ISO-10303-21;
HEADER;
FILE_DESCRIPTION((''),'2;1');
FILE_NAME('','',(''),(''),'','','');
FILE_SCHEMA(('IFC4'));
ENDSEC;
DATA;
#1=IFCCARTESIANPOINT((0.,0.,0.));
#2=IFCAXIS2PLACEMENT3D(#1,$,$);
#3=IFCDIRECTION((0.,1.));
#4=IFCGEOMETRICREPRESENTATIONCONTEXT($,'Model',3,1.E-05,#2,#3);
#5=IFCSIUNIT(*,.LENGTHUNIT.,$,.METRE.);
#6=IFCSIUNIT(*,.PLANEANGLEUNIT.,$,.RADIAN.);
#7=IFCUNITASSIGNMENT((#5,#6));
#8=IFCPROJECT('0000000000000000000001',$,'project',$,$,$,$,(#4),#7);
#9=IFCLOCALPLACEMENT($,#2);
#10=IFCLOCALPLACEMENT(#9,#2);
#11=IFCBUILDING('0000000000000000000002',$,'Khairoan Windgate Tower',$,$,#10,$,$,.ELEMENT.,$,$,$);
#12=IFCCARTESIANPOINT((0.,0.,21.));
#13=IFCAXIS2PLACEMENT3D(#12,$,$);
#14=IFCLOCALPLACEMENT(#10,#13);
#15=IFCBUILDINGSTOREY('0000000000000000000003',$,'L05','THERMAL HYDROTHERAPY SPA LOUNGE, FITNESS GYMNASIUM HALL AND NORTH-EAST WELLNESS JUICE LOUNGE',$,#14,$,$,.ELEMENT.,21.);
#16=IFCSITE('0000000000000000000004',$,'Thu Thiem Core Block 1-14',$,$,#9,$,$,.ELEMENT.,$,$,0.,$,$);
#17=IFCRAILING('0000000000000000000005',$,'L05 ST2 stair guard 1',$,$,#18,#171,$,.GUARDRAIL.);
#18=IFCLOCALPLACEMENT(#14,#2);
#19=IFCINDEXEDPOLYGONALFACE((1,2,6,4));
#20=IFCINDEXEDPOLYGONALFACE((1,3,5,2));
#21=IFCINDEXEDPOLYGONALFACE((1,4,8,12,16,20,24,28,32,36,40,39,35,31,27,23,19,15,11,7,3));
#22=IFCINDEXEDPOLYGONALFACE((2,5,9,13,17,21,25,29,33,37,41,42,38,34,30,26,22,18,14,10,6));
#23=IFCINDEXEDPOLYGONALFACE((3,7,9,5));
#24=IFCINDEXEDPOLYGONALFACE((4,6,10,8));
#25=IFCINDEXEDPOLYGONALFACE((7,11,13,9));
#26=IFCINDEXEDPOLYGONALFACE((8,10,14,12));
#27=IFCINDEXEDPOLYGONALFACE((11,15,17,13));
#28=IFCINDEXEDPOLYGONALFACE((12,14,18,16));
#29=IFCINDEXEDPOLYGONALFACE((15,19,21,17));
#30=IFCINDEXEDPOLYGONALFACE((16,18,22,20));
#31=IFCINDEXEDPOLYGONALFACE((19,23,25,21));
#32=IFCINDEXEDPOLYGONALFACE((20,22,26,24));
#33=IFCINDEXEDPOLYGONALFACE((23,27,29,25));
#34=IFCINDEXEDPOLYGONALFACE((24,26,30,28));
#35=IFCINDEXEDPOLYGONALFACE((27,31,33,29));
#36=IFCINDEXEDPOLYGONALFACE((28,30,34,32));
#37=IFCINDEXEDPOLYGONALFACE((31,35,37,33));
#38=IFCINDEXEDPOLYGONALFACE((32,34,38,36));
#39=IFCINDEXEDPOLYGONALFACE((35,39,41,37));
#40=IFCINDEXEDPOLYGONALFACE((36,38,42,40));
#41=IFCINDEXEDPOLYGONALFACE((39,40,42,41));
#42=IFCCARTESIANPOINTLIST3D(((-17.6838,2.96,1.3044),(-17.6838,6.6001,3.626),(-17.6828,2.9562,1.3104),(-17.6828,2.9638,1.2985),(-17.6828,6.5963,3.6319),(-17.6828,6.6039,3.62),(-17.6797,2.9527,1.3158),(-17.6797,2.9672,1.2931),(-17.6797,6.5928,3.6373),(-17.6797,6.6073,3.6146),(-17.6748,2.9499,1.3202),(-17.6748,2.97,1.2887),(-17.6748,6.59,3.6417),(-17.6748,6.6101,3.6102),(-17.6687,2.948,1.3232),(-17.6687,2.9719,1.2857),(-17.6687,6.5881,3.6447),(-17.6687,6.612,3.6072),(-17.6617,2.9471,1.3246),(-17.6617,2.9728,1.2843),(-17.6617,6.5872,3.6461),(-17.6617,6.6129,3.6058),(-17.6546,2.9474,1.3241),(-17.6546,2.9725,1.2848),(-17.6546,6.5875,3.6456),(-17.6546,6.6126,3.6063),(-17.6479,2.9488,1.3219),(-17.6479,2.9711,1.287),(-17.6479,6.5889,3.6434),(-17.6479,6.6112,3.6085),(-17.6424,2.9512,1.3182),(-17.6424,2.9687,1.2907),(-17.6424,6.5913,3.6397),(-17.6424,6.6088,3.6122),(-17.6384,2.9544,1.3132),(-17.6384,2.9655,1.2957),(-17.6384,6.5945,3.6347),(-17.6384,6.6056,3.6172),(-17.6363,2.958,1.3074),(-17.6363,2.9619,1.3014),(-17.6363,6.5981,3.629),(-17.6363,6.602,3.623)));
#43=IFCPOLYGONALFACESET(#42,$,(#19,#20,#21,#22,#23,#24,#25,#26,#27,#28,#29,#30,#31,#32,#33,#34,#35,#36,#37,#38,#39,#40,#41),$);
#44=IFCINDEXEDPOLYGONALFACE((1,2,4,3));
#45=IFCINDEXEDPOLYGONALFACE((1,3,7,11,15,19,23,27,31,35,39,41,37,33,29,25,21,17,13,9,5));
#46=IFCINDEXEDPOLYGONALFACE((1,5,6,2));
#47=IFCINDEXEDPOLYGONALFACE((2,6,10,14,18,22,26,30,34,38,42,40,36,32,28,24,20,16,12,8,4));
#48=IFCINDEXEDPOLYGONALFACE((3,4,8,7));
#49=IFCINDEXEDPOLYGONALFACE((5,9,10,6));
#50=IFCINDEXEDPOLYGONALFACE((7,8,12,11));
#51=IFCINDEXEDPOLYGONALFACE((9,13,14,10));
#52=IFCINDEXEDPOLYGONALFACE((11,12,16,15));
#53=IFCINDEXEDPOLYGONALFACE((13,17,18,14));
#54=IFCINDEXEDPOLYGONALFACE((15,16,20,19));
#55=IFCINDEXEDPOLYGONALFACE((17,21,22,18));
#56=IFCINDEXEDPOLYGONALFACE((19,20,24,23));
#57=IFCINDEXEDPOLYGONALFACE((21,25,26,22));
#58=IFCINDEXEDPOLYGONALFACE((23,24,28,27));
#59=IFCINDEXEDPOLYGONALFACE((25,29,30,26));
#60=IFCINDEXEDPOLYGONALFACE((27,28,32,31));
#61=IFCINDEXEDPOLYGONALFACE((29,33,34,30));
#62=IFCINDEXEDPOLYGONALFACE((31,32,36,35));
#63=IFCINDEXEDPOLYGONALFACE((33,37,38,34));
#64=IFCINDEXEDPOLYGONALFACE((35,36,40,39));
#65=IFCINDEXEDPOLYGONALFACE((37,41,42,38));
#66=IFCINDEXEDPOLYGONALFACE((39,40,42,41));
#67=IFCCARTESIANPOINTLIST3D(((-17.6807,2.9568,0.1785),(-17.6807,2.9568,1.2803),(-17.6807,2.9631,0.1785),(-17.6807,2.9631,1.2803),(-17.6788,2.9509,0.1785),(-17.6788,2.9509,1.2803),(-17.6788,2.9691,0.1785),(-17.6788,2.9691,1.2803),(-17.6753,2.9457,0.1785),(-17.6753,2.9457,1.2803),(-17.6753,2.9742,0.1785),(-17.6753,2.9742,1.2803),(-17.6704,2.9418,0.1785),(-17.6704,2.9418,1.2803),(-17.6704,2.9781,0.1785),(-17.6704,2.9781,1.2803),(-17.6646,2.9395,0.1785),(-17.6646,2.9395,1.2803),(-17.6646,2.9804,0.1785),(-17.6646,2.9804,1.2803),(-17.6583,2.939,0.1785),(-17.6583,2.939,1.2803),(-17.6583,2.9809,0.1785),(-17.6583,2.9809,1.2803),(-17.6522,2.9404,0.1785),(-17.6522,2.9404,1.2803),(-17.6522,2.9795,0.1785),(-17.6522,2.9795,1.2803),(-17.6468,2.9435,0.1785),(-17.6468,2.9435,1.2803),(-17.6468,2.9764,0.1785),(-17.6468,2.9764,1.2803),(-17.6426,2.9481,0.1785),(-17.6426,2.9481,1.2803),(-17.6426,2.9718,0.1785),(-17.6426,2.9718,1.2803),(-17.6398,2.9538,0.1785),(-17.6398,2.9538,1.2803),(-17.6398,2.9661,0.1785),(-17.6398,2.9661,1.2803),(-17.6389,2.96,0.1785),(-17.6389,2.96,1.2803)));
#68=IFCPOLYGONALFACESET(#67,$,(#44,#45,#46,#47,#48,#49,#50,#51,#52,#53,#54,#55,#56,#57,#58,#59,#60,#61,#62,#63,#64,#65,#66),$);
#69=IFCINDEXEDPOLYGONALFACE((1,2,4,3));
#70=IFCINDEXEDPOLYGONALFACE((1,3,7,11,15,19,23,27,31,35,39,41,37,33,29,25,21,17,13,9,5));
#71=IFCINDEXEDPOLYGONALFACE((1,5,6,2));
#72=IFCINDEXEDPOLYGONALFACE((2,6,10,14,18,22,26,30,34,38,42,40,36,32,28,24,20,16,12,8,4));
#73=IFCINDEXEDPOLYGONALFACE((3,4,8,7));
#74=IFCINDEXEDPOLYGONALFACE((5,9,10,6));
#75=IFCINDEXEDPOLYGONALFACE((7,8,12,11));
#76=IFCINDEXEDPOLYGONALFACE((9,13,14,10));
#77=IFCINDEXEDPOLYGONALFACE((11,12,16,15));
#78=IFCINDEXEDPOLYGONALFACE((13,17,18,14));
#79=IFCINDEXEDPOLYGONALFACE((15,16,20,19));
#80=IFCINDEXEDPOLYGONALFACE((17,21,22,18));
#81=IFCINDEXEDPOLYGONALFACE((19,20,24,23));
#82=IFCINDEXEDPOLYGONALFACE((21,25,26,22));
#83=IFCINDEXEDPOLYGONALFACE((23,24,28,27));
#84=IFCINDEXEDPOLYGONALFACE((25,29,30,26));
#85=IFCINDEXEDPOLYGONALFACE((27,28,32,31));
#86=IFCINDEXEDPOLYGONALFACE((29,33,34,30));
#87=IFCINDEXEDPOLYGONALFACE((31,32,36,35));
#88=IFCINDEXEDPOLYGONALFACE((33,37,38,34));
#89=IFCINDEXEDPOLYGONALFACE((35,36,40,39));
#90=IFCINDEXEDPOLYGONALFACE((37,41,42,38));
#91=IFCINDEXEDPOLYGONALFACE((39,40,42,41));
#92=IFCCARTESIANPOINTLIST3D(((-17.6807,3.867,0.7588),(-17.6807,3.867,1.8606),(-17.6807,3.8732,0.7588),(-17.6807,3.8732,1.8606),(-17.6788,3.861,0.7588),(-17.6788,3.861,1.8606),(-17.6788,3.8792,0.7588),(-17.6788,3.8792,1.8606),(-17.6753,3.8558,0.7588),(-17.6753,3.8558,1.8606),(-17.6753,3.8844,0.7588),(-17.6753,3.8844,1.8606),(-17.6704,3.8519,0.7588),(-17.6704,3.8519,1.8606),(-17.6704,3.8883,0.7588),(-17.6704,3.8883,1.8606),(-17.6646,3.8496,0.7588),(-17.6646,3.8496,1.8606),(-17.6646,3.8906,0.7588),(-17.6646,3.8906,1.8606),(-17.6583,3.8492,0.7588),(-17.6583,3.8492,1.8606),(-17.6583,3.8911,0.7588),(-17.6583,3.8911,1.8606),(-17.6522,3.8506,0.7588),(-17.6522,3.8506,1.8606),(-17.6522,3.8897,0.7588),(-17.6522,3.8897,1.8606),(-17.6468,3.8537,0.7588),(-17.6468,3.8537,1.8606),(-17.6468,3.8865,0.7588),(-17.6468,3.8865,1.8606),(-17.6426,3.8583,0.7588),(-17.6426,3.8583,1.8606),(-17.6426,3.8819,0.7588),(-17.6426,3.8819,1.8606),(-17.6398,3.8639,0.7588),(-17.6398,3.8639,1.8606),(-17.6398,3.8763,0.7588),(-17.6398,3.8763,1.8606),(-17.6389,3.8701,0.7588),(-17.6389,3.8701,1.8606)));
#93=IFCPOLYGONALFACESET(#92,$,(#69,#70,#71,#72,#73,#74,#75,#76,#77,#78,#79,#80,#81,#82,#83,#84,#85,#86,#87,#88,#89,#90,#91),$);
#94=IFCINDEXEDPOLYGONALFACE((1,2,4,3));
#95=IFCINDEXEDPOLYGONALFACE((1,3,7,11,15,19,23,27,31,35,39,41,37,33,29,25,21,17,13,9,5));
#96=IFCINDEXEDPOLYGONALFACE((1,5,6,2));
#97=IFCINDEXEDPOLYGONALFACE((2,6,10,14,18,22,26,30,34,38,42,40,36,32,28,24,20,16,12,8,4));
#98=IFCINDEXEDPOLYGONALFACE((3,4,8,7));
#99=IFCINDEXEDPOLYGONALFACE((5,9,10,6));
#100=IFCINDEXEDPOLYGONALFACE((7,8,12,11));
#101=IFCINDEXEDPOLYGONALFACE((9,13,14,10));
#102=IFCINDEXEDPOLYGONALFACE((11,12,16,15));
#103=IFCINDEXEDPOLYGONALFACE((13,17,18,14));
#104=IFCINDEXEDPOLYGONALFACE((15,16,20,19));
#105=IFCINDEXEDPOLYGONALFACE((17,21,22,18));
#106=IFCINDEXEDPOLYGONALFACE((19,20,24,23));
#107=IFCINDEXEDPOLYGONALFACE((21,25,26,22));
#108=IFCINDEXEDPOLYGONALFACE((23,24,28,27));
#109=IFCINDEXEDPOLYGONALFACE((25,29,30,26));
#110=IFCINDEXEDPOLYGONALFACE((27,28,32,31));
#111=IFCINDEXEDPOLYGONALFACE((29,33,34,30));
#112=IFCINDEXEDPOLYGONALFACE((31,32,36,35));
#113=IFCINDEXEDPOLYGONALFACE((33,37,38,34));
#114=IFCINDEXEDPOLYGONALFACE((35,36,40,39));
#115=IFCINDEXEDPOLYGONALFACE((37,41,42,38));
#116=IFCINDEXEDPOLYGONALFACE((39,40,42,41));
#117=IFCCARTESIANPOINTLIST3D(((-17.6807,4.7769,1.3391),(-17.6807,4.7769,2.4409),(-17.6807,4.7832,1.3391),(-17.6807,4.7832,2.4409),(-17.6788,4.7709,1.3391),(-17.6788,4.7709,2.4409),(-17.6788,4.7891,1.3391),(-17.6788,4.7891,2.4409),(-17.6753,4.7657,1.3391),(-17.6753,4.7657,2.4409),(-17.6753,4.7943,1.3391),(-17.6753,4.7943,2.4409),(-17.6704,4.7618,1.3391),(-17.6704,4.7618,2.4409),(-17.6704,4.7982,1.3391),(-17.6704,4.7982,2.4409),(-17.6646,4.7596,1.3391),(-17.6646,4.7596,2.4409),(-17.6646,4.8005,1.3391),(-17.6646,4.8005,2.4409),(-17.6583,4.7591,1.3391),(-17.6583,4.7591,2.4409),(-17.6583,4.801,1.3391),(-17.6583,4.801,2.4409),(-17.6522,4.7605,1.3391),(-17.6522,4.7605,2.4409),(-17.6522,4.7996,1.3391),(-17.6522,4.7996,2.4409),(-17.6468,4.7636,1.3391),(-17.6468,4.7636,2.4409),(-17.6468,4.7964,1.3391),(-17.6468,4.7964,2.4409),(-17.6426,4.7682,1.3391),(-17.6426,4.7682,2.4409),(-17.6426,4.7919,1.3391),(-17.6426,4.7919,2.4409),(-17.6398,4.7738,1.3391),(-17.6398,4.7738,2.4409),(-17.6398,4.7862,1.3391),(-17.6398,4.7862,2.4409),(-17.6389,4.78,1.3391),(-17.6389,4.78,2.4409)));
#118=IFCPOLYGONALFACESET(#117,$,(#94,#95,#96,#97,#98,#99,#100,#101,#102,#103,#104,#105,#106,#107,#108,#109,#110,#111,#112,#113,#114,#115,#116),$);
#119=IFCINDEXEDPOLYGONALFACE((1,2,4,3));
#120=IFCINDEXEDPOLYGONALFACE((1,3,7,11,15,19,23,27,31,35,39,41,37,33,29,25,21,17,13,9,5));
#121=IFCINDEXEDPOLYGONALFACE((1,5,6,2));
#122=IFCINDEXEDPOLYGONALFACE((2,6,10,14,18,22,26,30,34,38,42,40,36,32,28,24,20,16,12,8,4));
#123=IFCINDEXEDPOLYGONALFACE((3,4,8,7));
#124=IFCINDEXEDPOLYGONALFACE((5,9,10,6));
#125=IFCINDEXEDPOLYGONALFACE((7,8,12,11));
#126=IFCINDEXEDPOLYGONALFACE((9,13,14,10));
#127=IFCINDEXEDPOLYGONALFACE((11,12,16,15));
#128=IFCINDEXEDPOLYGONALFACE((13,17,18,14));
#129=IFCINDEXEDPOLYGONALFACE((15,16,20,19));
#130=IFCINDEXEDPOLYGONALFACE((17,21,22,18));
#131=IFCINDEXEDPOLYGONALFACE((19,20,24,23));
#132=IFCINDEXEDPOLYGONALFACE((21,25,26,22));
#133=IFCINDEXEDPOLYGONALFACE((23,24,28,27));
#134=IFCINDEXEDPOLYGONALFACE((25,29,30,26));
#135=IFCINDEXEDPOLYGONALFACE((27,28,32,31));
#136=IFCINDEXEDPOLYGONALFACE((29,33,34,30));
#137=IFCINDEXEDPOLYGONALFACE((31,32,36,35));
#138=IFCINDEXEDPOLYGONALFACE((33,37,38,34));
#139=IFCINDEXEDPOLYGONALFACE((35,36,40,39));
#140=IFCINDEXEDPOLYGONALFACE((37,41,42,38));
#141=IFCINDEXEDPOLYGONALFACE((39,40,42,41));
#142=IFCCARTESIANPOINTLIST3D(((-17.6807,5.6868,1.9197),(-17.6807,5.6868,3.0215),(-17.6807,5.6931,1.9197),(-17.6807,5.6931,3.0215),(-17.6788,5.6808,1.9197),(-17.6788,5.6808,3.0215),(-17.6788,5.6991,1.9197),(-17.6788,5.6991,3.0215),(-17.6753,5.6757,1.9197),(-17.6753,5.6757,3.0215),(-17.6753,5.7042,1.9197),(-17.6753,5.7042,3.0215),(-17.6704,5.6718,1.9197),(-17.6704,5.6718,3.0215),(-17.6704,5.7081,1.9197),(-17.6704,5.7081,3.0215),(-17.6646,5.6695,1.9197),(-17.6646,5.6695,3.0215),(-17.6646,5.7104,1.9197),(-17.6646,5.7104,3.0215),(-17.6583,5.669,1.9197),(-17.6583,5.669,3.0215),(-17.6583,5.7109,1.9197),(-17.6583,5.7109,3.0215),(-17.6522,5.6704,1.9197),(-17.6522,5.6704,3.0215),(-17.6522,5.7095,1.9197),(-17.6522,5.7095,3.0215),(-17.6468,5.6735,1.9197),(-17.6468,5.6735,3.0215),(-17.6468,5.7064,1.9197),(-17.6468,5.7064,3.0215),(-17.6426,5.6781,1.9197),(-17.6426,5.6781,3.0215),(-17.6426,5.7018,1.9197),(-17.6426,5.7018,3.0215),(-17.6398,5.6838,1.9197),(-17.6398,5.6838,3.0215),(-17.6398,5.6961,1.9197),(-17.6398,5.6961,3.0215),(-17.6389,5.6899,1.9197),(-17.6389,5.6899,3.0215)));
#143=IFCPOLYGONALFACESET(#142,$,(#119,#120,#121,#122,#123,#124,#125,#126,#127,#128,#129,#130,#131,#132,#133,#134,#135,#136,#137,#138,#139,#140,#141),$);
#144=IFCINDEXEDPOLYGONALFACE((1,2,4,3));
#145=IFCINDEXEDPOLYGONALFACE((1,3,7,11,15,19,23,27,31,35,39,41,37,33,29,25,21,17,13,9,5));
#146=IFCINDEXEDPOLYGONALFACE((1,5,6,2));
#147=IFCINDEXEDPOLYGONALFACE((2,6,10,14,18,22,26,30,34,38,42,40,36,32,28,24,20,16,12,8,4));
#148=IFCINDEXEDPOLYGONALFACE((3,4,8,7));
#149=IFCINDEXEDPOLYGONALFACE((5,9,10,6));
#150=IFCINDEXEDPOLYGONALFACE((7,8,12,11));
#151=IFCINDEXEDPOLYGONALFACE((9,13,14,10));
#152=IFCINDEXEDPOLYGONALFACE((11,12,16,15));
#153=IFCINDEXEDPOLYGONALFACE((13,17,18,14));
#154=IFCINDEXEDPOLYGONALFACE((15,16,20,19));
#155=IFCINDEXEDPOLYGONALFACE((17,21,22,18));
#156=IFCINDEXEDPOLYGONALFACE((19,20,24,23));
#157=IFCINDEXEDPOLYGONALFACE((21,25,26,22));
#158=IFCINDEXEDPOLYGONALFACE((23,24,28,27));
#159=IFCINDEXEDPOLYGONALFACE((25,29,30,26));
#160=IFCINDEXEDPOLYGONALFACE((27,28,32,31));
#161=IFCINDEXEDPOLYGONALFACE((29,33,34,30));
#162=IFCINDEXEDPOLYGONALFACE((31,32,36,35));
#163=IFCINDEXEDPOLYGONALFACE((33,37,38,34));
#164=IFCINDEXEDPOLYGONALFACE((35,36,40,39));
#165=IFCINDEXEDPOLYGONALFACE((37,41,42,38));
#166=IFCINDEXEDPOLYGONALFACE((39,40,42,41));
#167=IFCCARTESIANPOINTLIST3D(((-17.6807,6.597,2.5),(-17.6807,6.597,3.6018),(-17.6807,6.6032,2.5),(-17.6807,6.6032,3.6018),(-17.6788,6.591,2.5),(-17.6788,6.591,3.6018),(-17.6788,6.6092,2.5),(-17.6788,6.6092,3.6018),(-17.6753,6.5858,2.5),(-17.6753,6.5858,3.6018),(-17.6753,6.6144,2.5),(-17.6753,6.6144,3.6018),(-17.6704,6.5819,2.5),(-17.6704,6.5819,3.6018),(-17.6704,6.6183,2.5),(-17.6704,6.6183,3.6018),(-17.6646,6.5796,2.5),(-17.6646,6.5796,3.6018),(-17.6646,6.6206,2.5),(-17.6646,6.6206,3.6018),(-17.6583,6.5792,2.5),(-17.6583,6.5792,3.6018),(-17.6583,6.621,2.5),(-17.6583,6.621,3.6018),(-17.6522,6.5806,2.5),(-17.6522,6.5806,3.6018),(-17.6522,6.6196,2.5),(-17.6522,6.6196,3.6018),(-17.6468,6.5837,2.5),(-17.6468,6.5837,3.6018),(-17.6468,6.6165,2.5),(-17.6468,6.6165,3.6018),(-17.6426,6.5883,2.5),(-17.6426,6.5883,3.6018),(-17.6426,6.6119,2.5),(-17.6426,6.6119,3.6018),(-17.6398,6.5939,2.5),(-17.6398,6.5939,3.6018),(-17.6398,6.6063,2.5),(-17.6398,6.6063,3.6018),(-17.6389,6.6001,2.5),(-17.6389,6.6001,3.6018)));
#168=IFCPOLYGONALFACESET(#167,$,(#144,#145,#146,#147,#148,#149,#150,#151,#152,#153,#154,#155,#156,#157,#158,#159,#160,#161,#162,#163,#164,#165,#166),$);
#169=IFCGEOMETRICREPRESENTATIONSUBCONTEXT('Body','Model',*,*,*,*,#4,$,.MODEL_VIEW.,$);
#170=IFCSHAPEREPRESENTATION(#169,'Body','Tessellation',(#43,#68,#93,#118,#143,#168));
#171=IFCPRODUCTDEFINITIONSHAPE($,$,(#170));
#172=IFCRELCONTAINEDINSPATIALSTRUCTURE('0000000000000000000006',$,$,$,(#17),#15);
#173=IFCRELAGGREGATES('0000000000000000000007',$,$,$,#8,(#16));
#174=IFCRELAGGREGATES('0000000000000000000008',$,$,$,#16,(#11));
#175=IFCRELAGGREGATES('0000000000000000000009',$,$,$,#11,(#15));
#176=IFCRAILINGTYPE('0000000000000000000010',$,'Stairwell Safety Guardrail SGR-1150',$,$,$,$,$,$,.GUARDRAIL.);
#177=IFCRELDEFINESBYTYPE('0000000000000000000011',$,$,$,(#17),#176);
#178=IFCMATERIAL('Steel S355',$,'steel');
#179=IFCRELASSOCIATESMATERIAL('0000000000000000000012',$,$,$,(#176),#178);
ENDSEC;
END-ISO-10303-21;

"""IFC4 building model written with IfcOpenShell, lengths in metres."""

from ifc_helpers import new_model, si_unit, direction, frame, origin, origin_2d, place, context, subcontext, project, spatial, circle, extrude, material, type_object, element, save


model = new_model("IFC4")

# Units and contexts
model_context = context("Model", 3, precision=1e-05, world=origin(), true_north=direction((0.0, 1.0)))
body_context = subcontext(model_context, "Body", "Model", "MODEL_VIEW")
ifc_project = project(units=[si_unit("LENGTHUNIT", "METRE"), si_unit("PLANEANGLEUNIT", "RADIAN")], contexts=[model_context])

# Site, building, storey
site_placement = place(None, origin())
site = spatial("IfcSite", under=ifc_project, at=site_placement, Name="Thu Thiem Core Block 1-14", CompositionType="ELEMENT", RefElevation=0.0)
building_placement = place(site_placement, origin())
building = spatial("IfcBuilding", under=site, at=building_placement, Name="Khairoan Windgate Tower", CompositionType="ELEMENT")
storey_placement = place(building_placement, frame((0.0, 0.0, 21.0)))
storey = spatial("IfcBuildingStorey", under=building, at=storey_placement, Name="L05", Description="THERMAL HYDROTHERAPY SPA LOUNGE, FITNESS GYMNASIUM HALL AND NORTH-EAST WELLNESS JUICE LOUNGE", CompositionType="ELEMENT", Elevation=21.0)

# Railing
ifc_material_1 = material(Name="Steel S355", Category="steel")
railing_type_1 = type_object("IfcRailingType", Name="Stairwell Safety Guardrail SGR-1150", PredefinedType="GUARDRAIL", material=ifc_material_1)
railing_1_placement = place(storey_placement, frame((-17.6599, 2.96, 0.1785)))
element("IfcRailing", 1, at=railing_1_placement, inside=storey, type_object=railing_type_1, Name="L05 ST2 stair guard 1", PredefinedType="GUARDRAIL", context=body_context, shape_type="SweptSolid", body=[
    extrude(circle(Radius=0.0239, at=origin_2d()), frame((0.0, 0.0, 1.126), z_axis=(0.0, 0.843128, 0.537713), x_axis=(-1.0, 0.0, 0.0)), (0.0, 0.0, 1.0), 4.3174),
    extrude(circle(Radius=0.021, at=origin_2d()), origin(), (0.0, 0.0, 1.0), 1.1018),
    extrude(circle(Radius=0.021, at=origin_2d()), frame((0.0, 0.9102, 0.5803)), (0.0, 0.0, 1.0), 1.1018),
    extrude(circle(Radius=0.021, at=origin_2d()), frame((0.0, 1.8201, 1.1606)), (0.0, 0.0, 1.0), 1.1018),
    extrude(circle(Radius=0.021, at=origin_2d()), frame((0.0, 2.73, 1.7412)), (0.0, 0.0, 1.0), 1.1018),
    extrude(circle(Radius=0.021, at=origin_2d()), frame((0.0, 3.6401, 2.3215)), (0.0, 0.0, 1.0), 1.1018),
])

save(model, "model.ifc")
